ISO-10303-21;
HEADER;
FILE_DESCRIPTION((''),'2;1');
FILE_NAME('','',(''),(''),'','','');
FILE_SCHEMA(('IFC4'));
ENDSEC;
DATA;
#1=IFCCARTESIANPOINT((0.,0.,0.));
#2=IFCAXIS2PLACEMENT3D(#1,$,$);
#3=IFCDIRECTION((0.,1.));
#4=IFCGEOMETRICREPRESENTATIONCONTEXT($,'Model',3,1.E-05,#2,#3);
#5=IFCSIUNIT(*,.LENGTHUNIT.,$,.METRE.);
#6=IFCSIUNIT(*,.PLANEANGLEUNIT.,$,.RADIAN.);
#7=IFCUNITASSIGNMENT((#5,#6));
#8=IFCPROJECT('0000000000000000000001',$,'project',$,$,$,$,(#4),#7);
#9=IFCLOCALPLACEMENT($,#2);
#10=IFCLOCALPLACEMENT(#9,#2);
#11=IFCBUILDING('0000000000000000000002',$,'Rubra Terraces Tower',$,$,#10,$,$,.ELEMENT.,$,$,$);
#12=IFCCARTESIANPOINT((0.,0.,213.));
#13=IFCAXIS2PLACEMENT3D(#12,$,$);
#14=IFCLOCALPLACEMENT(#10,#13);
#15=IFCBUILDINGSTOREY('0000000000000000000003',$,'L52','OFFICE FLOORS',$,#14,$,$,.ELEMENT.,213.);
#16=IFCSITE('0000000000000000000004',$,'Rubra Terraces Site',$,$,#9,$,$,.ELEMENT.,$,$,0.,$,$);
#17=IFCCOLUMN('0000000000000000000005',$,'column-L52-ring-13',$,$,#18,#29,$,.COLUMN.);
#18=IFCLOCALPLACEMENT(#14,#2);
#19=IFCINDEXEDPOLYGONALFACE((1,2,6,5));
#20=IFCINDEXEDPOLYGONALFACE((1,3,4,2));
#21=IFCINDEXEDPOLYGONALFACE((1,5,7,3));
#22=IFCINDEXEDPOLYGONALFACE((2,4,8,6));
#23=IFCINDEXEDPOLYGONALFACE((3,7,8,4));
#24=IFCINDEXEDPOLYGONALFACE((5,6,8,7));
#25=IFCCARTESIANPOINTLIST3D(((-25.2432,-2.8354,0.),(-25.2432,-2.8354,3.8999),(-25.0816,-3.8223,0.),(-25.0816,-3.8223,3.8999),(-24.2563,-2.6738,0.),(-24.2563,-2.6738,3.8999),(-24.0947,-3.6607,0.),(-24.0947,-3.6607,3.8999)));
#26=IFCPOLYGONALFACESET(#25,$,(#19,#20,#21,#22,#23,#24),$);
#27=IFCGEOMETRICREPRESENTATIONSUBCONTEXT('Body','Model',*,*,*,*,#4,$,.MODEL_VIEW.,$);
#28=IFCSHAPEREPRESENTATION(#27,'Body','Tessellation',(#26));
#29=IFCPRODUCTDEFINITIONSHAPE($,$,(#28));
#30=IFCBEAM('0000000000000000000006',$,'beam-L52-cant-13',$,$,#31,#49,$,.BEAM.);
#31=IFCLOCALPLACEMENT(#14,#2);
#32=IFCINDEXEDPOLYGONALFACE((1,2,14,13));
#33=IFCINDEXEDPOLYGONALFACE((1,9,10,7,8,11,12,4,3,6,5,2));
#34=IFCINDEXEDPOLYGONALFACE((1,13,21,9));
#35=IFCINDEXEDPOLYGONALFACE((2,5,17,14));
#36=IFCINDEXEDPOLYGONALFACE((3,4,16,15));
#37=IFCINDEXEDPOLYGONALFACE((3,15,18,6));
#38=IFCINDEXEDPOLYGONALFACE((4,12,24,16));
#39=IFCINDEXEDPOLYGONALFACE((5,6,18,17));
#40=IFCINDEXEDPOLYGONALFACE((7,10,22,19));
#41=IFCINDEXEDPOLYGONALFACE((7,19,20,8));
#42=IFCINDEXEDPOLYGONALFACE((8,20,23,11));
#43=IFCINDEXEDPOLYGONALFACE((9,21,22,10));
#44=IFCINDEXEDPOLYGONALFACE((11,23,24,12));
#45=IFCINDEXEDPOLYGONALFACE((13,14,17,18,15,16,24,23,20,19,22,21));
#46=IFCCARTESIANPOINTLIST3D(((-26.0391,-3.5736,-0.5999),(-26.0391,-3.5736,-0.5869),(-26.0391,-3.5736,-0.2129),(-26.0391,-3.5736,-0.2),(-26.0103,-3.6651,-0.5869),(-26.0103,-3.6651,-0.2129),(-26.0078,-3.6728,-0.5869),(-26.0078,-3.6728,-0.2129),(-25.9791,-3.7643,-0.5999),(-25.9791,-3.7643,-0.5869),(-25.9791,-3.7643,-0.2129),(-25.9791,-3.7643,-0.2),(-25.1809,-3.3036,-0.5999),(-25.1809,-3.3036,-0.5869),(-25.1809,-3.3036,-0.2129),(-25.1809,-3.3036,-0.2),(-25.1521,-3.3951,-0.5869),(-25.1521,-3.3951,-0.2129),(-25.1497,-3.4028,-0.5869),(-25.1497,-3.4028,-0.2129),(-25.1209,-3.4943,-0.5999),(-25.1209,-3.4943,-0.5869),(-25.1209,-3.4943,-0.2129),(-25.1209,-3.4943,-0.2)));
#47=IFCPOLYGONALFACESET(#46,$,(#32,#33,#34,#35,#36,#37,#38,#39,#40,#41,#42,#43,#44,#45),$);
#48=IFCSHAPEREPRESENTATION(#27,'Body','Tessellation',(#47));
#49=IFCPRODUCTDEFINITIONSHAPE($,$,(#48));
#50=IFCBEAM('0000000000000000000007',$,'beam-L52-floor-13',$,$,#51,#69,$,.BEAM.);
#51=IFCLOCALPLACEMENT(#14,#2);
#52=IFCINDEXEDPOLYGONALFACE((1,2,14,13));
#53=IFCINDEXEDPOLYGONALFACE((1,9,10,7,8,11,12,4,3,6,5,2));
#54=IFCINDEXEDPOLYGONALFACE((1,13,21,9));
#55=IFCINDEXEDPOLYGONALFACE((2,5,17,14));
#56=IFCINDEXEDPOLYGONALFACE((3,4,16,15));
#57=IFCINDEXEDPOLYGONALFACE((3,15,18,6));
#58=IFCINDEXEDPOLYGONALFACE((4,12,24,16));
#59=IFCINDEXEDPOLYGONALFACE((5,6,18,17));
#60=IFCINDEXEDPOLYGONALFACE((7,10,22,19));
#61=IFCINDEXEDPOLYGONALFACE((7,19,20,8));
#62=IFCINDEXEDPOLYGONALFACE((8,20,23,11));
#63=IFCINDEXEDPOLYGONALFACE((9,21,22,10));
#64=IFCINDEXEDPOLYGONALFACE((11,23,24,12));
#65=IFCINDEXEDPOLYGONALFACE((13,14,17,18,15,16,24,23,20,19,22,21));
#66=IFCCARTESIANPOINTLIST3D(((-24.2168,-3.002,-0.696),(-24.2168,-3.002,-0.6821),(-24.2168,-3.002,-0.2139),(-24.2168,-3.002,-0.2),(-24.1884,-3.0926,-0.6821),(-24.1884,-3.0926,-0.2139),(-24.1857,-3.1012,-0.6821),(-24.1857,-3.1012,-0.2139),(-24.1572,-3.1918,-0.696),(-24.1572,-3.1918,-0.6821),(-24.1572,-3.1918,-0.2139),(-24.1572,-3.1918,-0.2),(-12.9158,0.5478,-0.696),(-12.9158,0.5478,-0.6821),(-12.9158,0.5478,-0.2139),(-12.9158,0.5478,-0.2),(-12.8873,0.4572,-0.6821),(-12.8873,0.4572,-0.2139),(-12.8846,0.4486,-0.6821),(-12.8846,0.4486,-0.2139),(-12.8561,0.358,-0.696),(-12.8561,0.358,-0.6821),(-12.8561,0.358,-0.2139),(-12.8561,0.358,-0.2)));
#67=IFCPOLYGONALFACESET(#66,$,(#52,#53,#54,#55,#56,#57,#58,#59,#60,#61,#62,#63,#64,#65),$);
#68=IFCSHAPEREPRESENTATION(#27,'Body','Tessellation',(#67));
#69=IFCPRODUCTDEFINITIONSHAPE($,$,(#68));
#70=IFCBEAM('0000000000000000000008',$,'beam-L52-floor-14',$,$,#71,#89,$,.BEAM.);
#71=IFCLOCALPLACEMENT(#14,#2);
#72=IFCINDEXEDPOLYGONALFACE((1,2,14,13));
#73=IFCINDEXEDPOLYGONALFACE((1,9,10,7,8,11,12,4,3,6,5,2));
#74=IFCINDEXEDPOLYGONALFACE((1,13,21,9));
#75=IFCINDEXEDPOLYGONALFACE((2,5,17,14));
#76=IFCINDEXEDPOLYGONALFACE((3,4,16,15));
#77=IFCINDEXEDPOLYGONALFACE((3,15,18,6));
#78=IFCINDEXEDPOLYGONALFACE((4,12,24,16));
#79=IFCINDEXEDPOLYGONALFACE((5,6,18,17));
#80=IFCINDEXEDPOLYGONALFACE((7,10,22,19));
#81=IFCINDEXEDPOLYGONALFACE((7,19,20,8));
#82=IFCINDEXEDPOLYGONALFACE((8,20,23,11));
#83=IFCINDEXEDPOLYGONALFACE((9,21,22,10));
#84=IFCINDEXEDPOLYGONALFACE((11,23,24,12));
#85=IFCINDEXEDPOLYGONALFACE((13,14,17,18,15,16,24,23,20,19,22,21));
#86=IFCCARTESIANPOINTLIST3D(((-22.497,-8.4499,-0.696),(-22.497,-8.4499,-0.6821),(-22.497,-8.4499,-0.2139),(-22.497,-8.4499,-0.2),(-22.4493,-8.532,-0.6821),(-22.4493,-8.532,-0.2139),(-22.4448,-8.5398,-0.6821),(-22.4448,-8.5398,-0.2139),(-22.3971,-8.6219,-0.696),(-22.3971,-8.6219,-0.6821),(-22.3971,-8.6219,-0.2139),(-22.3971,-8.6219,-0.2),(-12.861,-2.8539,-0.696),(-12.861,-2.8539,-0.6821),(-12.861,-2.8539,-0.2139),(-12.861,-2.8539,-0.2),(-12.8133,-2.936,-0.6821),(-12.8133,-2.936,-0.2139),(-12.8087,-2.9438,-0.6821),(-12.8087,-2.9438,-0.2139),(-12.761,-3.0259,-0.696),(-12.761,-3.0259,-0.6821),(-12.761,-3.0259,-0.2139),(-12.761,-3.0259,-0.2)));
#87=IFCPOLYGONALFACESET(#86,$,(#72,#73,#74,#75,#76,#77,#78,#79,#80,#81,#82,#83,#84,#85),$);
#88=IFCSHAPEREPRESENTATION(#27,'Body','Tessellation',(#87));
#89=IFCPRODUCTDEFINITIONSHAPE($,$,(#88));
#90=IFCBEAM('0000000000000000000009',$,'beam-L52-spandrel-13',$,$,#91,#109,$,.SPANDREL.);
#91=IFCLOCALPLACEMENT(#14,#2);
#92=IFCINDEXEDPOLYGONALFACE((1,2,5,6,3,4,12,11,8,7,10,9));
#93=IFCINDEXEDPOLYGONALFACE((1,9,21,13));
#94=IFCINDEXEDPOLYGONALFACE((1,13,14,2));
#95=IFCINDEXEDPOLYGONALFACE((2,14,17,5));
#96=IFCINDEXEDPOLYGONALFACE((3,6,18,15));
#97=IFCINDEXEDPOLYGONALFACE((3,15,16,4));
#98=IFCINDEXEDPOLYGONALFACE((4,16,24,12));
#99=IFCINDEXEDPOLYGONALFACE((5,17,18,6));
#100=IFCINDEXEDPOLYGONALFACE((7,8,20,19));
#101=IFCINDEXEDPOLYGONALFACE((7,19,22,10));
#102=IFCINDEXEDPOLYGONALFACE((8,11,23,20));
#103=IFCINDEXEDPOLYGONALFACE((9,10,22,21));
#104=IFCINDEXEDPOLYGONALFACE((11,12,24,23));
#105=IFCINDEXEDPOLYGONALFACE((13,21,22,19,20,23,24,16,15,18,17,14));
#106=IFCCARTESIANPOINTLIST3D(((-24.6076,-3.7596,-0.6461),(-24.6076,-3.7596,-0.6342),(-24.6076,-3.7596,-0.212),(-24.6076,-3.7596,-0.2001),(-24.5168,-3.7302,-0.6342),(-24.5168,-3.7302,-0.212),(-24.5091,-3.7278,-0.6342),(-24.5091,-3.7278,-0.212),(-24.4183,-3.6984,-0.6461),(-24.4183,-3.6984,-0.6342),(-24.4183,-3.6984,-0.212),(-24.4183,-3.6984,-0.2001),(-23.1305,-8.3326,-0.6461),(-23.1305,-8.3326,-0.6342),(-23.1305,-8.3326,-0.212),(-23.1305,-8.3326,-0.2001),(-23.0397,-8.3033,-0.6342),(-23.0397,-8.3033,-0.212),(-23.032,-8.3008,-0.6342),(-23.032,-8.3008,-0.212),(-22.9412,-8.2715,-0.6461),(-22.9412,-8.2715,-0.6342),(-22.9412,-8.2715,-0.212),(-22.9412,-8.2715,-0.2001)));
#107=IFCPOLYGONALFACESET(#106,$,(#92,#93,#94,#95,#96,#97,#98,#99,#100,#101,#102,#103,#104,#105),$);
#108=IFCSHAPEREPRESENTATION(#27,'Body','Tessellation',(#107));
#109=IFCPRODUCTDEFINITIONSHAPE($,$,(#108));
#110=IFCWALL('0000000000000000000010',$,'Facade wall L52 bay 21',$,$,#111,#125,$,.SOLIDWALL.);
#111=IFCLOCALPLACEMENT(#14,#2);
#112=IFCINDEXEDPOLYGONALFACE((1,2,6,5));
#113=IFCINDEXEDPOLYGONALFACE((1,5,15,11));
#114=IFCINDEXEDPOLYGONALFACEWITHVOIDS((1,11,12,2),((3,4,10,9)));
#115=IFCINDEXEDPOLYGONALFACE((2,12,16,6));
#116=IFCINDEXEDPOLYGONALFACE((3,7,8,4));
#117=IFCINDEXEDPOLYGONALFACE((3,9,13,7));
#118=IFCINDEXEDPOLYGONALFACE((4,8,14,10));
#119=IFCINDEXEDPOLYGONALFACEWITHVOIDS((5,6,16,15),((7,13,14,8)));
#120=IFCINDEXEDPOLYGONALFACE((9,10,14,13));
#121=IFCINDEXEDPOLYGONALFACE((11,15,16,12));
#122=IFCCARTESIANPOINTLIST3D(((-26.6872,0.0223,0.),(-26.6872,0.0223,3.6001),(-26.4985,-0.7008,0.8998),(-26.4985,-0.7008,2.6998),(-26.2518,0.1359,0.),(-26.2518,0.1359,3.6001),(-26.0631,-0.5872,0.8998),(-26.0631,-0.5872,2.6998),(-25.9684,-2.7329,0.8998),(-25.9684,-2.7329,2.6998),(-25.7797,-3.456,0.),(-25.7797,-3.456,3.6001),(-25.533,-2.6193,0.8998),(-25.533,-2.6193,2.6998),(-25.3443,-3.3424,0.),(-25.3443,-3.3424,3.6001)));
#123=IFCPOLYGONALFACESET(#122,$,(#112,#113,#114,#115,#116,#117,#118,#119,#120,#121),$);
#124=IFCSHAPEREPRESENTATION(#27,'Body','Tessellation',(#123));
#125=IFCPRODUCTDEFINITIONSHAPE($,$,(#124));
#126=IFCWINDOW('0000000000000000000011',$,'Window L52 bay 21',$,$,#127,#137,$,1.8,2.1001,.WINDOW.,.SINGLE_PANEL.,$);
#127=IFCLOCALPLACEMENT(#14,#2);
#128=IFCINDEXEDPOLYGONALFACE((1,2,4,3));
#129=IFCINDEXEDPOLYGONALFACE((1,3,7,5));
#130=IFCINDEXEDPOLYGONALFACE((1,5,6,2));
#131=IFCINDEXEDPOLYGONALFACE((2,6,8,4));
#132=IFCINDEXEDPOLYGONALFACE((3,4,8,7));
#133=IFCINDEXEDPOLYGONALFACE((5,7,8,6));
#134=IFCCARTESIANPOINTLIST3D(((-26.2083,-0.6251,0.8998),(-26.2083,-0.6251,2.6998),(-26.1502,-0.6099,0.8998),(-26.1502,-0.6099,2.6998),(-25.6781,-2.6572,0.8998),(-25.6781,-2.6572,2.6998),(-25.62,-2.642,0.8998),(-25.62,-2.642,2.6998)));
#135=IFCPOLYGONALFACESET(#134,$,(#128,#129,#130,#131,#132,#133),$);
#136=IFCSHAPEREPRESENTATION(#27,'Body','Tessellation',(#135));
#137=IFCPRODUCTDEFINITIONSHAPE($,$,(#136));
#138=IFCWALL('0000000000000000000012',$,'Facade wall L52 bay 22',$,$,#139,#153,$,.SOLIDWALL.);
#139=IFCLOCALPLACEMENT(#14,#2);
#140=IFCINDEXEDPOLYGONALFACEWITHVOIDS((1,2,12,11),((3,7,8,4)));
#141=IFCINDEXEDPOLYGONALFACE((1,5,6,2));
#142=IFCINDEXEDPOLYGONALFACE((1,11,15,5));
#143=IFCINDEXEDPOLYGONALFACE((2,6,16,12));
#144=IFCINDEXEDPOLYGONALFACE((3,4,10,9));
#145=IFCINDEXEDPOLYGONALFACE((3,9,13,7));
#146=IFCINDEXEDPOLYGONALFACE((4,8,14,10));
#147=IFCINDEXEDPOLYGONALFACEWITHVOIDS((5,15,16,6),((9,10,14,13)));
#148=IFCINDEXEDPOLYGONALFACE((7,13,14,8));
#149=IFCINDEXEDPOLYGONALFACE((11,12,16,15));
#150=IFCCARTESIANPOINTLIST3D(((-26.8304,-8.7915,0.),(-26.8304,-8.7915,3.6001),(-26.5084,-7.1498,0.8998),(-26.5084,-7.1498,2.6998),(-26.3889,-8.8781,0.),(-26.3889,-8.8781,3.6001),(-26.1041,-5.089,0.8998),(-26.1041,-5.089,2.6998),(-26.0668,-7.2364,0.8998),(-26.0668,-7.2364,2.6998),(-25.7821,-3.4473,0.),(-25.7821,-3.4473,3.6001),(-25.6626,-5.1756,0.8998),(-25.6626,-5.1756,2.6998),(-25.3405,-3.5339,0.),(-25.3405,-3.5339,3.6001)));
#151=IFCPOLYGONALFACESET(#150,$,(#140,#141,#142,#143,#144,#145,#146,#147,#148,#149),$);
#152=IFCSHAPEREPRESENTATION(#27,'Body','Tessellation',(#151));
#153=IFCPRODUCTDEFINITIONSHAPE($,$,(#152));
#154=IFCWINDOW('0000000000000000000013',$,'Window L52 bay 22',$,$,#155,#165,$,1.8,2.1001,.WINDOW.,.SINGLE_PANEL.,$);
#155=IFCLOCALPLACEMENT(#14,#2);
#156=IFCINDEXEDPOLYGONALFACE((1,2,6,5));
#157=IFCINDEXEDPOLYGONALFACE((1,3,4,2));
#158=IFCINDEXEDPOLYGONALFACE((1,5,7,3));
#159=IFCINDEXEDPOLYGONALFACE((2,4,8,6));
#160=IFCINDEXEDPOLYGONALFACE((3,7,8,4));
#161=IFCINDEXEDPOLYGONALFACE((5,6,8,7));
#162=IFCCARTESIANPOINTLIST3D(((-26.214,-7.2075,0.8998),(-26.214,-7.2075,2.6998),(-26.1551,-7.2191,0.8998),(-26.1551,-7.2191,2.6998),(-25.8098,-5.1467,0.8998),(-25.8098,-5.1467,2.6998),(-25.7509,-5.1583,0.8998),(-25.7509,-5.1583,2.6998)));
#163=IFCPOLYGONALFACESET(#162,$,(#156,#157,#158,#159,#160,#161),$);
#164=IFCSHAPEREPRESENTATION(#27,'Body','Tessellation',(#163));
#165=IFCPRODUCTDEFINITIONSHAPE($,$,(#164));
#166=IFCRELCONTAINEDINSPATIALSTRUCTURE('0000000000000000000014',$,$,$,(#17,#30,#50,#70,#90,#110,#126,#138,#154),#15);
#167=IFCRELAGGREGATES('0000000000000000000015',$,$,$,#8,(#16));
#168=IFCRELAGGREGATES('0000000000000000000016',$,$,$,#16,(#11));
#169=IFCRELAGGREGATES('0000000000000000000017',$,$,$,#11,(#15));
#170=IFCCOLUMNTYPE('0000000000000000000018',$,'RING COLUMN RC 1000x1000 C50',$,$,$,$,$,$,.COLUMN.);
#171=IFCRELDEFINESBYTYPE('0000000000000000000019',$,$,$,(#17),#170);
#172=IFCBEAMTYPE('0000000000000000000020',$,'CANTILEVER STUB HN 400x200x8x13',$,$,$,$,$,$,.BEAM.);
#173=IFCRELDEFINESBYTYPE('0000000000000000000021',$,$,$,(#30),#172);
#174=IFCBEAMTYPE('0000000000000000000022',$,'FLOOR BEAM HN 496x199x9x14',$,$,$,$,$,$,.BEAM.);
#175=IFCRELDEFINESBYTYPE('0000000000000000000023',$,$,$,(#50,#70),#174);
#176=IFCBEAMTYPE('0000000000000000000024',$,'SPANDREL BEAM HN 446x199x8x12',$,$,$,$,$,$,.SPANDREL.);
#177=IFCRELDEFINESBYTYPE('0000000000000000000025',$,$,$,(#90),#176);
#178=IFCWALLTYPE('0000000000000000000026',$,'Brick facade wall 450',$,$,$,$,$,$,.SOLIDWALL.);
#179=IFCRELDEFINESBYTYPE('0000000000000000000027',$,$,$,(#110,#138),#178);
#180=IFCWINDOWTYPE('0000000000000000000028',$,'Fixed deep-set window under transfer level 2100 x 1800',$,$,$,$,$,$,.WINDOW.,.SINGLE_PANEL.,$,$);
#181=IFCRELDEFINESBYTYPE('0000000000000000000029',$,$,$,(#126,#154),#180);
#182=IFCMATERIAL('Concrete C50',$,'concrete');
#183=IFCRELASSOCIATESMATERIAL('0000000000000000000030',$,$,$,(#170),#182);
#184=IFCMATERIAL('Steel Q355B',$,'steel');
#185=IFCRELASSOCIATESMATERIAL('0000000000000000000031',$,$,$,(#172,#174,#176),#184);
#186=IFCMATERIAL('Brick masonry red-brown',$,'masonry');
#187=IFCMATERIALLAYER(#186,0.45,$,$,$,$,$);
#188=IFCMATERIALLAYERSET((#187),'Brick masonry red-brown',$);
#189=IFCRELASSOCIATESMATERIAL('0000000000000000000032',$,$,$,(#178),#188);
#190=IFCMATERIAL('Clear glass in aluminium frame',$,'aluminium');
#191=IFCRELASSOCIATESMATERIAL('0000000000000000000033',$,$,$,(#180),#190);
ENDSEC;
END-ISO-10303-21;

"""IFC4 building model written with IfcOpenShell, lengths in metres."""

from ifc_helpers import new_model, si_unit, direction, frame, frame_2d, origin, origin_2d, place, context, subcontext, project, spatial, rectangle, i_section, extrude, material, layer, layer_set, material_profile, profile_set, type_object, element, fill, save


model = new_model("IFC4")

# Units and contexts
model_context = context("Model", 3, precision=1e-05, world=origin(), true_north=direction((0.0, 1.0)))
body_context = subcontext(model_context, "Body", "Model", "MODEL_VIEW")
ifc_project = project(units=[si_unit("LENGTHUNIT", "METRE"), si_unit("PLANEANGLEUNIT", "RADIAN")], contexts=[model_context])

# Site, building, storey
site_placement = place(None, origin())
site = spatial("IfcSite", under=ifc_project, at=site_placement, Name="Rubra Terraces Site", CompositionType="ELEMENT", RefElevation=0.0)
building_placement = place(site_placement, origin())
building = spatial("IfcBuilding", under=site, at=building_placement, Name="Rubra Terraces Tower", CompositionType="ELEMENT")
storey_placement = place(building_placement, frame((0.0, 0.0, 213.0)))
storey = spatial("IfcBuildingStorey", under=building, at=storey_placement, Name="L52", Description="OFFICE FLOORS", CompositionType="ELEMENT", Elevation=213.0)

# Column
ifc_material_1 = material(Name="Concrete C50", Category="concrete")
ifc_material_profile_1 = material_profile(ifc_material_1, rectangle(XDim=1.0, YDim=1.0, at=origin_2d()), Name="RC 1000x1000")
ifc_profile_set_1 = profile_set([ifc_material_profile_1], Name="Concrete C50")
column_type = type_object("IfcColumnType", Name="RING COLUMN RC 1000x1000 C50", PredefinedType="COLUMN", material=ifc_profile_set_1)
column_placement = place(storey_placement, frame((-24.6689, -3.248, 0.0), z_axis=(0.0, 0.0, 1.0), x_axis=(0.161559, -0.986863, 0.0)))
element("IfcColumn", 1, at=column_placement, inside=storey, type_object=column_type, Name="column-L52-ring-13", PredefinedType="COLUMN", context=body_context, shape_type="SweptSolid", body=[
    extrude(rectangle(XDim=1.0, YDim=1.0, at=origin_2d()), origin(), (0.0, 0.0, 1.0), 3.8999),
])

# Beams
ifc_material_2 = material(Name="Steel Q355B", Category="steel")
ifc_material_profile_2 = material_profile(ifc_material_2, i_section(OverallWidth=0.2, OverallDepth=0.3999, WebThickness=0.0081, FlangeThickness=0.0129, at=origin_2d()), Name="HN 400x200x8x13")
ifc_profile_set_2 = profile_set([ifc_material_profile_2], Name="Steel Q355B")
beam_type_1 = type_object("IfcBeamType", Name="CANTILEVER STUB HN 400x200x8x13", PredefinedType="BEAM", material=ifc_profile_set_2)
beam_1_placement = place(storey_placement, frame((-25.1509, -3.3989, -0.3999), z_axis=(-0.953894, -0.300144, 0.0), x_axis=(0.300144, -0.953894, 0.0)))
element("IfcBeam", 2, at=beam_1_placement, inside=storey, type_object=beam_type_1, Name="beam-L52-cant-13", PredefinedType="BEAM", context=body_context, shape_type="SweptSolid", body=[
    extrude(i_section(OverallWidth=0.2, OverallDepth=0.3999, WebThickness=0.0081, FlangeThickness=0.0129, at=origin_2d()), origin(), (0.0, 0.0, 1.0), 0.8997),
])
ifc_material_profile_3 = material_profile(ifc_material_2, i_section(OverallWidth=0.199, OverallDepth=0.4961, WebThickness=0.009, FlangeThickness=0.0139, at=origin_2d()), Name="HN 496x199x9x14")
ifc_profile_set_3 = profile_set([ifc_material_profile_3], Name="Steel Q355B")
beam_type_2 = type_object("IfcBeamType", Name="FLOOR BEAM HN 496x199x9x14", PredefinedType="BEAM", material=ifc_profile_set_3)
beam_2_placement = place(storey_placement, frame((-24.187, -3.0969, -0.448), z_axis=(0.954041, 0.299677, 0.0), x_axis=(-0.299677, 0.954041, 0.0)))
element("IfcBeam", 3, at=beam_2_placement, inside=storey, type_object=beam_type_2, Name="beam-L52-floor-13", PredefinedType="BEAM", context=body_context, shape_type="SweptSolid", body=[
    extrude(i_section(OverallWidth=0.199, OverallDepth=0.4961, WebThickness=0.009, FlangeThickness=0.0139, at=origin_2d()), origin(), (0.0, 0.0, 1.0), 11.8455),
])
beam_3_placement = place(storey_placement, frame((-22.447, -8.5359, -0.448), z_axis=(0.864755, 0.502193, 0.0), x_axis=(-0.502193, 0.864755, 0.0)))
element("IfcBeam", 4, at=beam_3_placement, inside=storey, type_object=beam_type_2, Name="beam-L52-floor-14", PredefinedType="BEAM", context=body_context, shape_type="SweptSolid", body=[
    extrude(i_section(OverallWidth=0.199, OverallDepth=0.4961, WebThickness=0.009, FlangeThickness=0.0139, at=origin_2d()), origin(), (0.0, 0.0, 1.0), 11.1431),
])
ifc_material_profile_4 = material_profile(ifc_material_2, i_section(OverallWidth=0.199, OverallDepth=0.446, WebThickness=0.0081, FlangeThickness=0.012, at=origin_2d()), Name="HN 446x199x8x12")
ifc_profile_set_4 = profile_set([ifc_material_profile_4], Name="Steel Q355B")
beam_type_3 = type_object("IfcBeamType", Name="SPANDREL BEAM HN 446x199x8x12", PredefinedType="SPANDREL", material=ifc_profile_set_4)
beam_4_placement = place(storey_placement, frame((-24.5129, -3.729, -0.4231), z_axis=(0.307359, -0.951594, 0.0), x_axis=(0.951594, 0.307359, 0.0)))
element("IfcBeam", 5, at=beam_4_placement, inside=storey, type_object=beam_type_3, Name="beam-L52-spandrel-13", PredefinedType="SPANDREL", context=body_context, shape_type="SweptSolid", body=[
    extrude(i_section(OverallWidth=0.199, OverallDepth=0.446, WebThickness=0.0081, FlangeThickness=0.012, at=origin_2d()), origin(), (0.0, 0.0, 1.0), 4.8057),
])

# Walls, openings, windows
ifc_material_3 = material(Name="Brick masonry red-brown", Category="masonry")
ifc_layer_1 = layer(ifc_material_3, 0.45)
ifc_layer_set_1 = layer_set([ifc_layer_1], Name="Brick masonry red-brown")
wall_type_1 = type_object("IfcWallType", Name="Brick facade wall 450", PredefinedType="SOLIDWALL", material=ifc_layer_set_1)
wall_1_placement = place(storey_placement, frame((-26.4695, 0.0791, 0.0), z_axis=(0.0, 0.0, 1.0), x_axis=(0.252447, -0.967611, 0.0)))
wall_1 = element("IfcWall", 6, at=wall_1_placement, inside=storey, type_object=wall_type_1, Name="Facade wall L52 bay 21", PredefinedType="SOLIDWALL", context=body_context, shape_type="SweptSolid", body=[
    extrude(rectangle(XDim=3.5947, YDim=0.45, at=frame_2d((1.7974, 0.0))), origin(), (0.0, 0.0, 1.0), 3.6001),
])
opening_1_placement = place(wall_1_placement, frame((0.7473, 0.0, 0.8999)))
opening_1 = element("IfcOpeningElement", 7, at=opening_1_placement, cuts=wall_1, PredefinedType="OPENING", context=body_context, shape_type="SweptSolid", body=[
    extrude(rectangle(XDim=2.1001, YDim=1.8, at=frame_2d((1.05, 0.8999))), frame((0.0, 0.2349, 0.0), z_axis=(0.0, -1.0, 0.0), x_axis=(1.0, 0.0, 0.0)), (0.0, 0.0, 1.0), 0.47),
])
ifc_material_4 = material(Name="Clear glass in aluminium frame", Category="aluminium")
window_type = type_object("IfcWindowType", Name="Fixed deep-set window under transfer level 2100 x 1800", PartitioningType="SINGLE_PANEL", PredefinedType="WINDOW", material=ifc_material_4)
window_1_placement = place(opening_1_placement, origin())
window_1 = element("IfcWindow", 8, at=window_1_placement, inside=storey, type_object=window_type, Name="Window L52 bay 21", OverallHeight=1.8, OverallWidth=2.1001, PartitioningType="SINGLE_PANEL", PredefinedType="WINDOW", context=body_context, shape_type="SweptSolid", body=[
    extrude(rectangle(XDim=2.1001, YDim=1.8, at=frame_2d((1.05, 0.8999))), frame((0.0, 0.135, 0.0), z_axis=(0.0, -1.0, 0.0), x_axis=(1.0, 0.0, 0.0)), (0.0, 0.0, 1.0), 0.0601),
])
fill(opening_1, window_1)
wall_2_placement = place(storey_placement, frame((-25.5613, -3.4905, 0.0), z_axis=(0.0, 0.0, 1.0), x_axis=(-0.192494, -0.981298, 0.0)))
wall_2 = element("IfcWall", 9, at=wall_2_placement, inside=storey, type_object=wall_type_1, Name="Facade wall L52 bay 22", PredefinedType="SOLIDWALL", context=body_context, shape_type="SweptSolid", body=[
    extrude(rectangle(XDim=5.446, YDim=0.45, at=frame_2d((2.7231, 0.0))), origin(), (0.0, 0.0, 1.0), 3.6001),
])
opening_2_placement = place(wall_2_placement, frame((1.6731, 0.0, 0.8999)))
opening_2 = element("IfcOpeningElement", 10, at=opening_2_placement, cuts=wall_2, PredefinedType="OPENING", context=body_context, shape_type="SweptSolid", body=[
    extrude(rectangle(XDim=2.1001, YDim=1.8, at=frame_2d((1.05, 0.8999))), frame((0.0, 0.2349, 0.0), z_axis=(0.0, -1.0, 0.0), x_axis=(1.0, 0.0, 0.0)), (0.0, 0.0, 1.0), 0.47),
])
window_2_placement = place(opening_2_placement, origin())
window_2 = element("IfcWindow", 11, at=window_2_placement, inside=storey, type_object=window_type, Name="Window L52 bay 22", OverallHeight=1.8, OverallWidth=2.1001, PartitioningType="SINGLE_PANEL", PredefinedType="WINDOW", context=body_context, shape_type="SweptSolid", body=[
    extrude(rectangle(XDim=2.1001, YDim=1.8, at=frame_2d((1.05, 0.8999))), frame((0.0, 0.135, 0.0), z_axis=(0.0, -1.0, 0.0), x_axis=(1.0, 0.0, 0.0)), (0.0, 0.0, 1.0), 0.0601),
])
fill(opening_2, window_2)

save(model, "model.ifc")
